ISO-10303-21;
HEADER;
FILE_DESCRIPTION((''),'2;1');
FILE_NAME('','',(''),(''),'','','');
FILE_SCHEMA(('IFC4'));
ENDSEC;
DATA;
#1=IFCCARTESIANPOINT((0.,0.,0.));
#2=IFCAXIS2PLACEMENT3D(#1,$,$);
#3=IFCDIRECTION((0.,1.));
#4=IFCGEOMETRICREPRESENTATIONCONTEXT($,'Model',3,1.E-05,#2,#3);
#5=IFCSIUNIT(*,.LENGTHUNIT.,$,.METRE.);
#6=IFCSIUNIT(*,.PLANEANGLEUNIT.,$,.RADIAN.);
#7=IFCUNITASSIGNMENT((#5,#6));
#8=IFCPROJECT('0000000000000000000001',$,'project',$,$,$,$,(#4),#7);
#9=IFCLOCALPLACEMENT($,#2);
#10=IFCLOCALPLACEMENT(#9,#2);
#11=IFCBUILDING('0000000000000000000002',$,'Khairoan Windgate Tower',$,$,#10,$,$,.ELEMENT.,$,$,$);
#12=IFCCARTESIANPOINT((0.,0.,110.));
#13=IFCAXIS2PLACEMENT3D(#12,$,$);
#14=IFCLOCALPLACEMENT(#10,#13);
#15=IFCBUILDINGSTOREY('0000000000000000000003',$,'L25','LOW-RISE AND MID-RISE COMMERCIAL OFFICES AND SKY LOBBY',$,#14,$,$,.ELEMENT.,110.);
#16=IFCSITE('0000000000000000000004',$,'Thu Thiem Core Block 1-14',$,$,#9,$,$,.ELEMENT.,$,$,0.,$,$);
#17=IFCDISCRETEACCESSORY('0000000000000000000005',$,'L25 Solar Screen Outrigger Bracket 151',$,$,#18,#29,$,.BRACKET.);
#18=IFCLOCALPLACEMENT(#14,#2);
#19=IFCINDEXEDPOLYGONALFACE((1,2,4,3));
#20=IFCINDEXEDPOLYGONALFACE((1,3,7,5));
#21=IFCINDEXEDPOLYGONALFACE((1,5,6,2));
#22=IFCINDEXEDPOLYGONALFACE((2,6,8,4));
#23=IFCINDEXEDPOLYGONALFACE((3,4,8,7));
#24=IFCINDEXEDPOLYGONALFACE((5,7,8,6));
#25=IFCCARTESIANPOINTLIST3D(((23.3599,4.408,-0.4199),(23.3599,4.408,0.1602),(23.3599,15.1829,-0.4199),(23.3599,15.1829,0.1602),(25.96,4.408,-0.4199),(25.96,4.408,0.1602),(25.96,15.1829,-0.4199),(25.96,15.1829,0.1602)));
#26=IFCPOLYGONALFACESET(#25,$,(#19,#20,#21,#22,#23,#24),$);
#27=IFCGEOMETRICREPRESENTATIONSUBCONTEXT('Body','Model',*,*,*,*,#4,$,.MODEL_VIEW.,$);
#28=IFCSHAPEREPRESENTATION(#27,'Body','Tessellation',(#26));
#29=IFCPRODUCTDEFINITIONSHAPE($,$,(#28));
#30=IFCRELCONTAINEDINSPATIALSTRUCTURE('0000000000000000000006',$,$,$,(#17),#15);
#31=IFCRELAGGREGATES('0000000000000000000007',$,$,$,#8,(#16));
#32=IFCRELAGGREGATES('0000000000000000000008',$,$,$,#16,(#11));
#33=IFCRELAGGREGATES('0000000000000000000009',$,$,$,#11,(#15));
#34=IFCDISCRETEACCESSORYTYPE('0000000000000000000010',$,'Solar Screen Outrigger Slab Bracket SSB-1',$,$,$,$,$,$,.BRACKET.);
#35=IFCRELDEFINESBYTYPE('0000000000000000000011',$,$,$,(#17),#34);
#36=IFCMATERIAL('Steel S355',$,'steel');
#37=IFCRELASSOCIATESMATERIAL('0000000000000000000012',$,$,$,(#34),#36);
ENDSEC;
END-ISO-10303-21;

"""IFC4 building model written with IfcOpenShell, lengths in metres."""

from ifc_helpers import new_model, si_unit, direction, frame, origin, origin_2d, place, context, subcontext, project, spatial, rectangle, extrude, material, type_object, element, save


model = new_model("IFC4")

# Units and contexts
model_context = context("Model", 3, precision=1e-05, world=origin(), true_north=direction((0.0, 1.0)))
body_context = subcontext(model_context, "Body", "Model", "MODEL_VIEW")
ifc_project = project(units=[si_unit("LENGTHUNIT", "METRE"), si_unit("PLANEANGLEUNIT", "RADIAN")], contexts=[model_context])

# Site, building, storey
site_placement = place(None, origin())
site = spatial("IfcSite", under=ifc_project, at=site_placement, Name="Thu Thiem Core Block 1-14", CompositionType="ELEMENT", RefElevation=0.0)
building_placement = place(site_placement, origin())
building = spatial("IfcBuilding", under=site, at=building_placement, Name="Khairoan Windgate Tower", CompositionType="ELEMENT")
storey_placement = place(building_placement, frame((0.0, 0.0, 110.0)))
storey = spatial("IfcBuildingStorey", under=building, at=storey_placement, Name="L25", Description="LOW-RISE AND MID-RISE COMMERCIAL OFFICES AND SKY LOBBY", CompositionType="ELEMENT", Elevation=110.0)

# Discrete accessory
ifc_material_1 = material(Name="Steel S355", Category="steel")
discrete_accessory_type = type_object("IfcDiscreteAccessoryType", Name="Solar Screen Outrigger Slab Bracket SSB-1", PredefinedType="BRACKET", material=ifc_material_1)
discrete_accessory_placement = place(storey_placement, frame((24.6599, 9.7954, -0.4199), z_axis=(0.0, 0.0, 1.0), x_axis=(0.0, -1.0, 0.0)))
element("IfcDiscreteAccessory", 1, at=discrete_accessory_placement, inside=storey, type_object=discrete_accessory_type, Name="L25 Solar Screen Outrigger Bracket 151", PredefinedType="BRACKET", context=body_context, shape_type="SweptSolid", body=[
    extrude(rectangle(XDim=10.7749, YDim=2.6001, at=origin_2d()), origin(), (0.0, 0.0, 1.0), 0.5801),
])

save(model, "model.ifc")
